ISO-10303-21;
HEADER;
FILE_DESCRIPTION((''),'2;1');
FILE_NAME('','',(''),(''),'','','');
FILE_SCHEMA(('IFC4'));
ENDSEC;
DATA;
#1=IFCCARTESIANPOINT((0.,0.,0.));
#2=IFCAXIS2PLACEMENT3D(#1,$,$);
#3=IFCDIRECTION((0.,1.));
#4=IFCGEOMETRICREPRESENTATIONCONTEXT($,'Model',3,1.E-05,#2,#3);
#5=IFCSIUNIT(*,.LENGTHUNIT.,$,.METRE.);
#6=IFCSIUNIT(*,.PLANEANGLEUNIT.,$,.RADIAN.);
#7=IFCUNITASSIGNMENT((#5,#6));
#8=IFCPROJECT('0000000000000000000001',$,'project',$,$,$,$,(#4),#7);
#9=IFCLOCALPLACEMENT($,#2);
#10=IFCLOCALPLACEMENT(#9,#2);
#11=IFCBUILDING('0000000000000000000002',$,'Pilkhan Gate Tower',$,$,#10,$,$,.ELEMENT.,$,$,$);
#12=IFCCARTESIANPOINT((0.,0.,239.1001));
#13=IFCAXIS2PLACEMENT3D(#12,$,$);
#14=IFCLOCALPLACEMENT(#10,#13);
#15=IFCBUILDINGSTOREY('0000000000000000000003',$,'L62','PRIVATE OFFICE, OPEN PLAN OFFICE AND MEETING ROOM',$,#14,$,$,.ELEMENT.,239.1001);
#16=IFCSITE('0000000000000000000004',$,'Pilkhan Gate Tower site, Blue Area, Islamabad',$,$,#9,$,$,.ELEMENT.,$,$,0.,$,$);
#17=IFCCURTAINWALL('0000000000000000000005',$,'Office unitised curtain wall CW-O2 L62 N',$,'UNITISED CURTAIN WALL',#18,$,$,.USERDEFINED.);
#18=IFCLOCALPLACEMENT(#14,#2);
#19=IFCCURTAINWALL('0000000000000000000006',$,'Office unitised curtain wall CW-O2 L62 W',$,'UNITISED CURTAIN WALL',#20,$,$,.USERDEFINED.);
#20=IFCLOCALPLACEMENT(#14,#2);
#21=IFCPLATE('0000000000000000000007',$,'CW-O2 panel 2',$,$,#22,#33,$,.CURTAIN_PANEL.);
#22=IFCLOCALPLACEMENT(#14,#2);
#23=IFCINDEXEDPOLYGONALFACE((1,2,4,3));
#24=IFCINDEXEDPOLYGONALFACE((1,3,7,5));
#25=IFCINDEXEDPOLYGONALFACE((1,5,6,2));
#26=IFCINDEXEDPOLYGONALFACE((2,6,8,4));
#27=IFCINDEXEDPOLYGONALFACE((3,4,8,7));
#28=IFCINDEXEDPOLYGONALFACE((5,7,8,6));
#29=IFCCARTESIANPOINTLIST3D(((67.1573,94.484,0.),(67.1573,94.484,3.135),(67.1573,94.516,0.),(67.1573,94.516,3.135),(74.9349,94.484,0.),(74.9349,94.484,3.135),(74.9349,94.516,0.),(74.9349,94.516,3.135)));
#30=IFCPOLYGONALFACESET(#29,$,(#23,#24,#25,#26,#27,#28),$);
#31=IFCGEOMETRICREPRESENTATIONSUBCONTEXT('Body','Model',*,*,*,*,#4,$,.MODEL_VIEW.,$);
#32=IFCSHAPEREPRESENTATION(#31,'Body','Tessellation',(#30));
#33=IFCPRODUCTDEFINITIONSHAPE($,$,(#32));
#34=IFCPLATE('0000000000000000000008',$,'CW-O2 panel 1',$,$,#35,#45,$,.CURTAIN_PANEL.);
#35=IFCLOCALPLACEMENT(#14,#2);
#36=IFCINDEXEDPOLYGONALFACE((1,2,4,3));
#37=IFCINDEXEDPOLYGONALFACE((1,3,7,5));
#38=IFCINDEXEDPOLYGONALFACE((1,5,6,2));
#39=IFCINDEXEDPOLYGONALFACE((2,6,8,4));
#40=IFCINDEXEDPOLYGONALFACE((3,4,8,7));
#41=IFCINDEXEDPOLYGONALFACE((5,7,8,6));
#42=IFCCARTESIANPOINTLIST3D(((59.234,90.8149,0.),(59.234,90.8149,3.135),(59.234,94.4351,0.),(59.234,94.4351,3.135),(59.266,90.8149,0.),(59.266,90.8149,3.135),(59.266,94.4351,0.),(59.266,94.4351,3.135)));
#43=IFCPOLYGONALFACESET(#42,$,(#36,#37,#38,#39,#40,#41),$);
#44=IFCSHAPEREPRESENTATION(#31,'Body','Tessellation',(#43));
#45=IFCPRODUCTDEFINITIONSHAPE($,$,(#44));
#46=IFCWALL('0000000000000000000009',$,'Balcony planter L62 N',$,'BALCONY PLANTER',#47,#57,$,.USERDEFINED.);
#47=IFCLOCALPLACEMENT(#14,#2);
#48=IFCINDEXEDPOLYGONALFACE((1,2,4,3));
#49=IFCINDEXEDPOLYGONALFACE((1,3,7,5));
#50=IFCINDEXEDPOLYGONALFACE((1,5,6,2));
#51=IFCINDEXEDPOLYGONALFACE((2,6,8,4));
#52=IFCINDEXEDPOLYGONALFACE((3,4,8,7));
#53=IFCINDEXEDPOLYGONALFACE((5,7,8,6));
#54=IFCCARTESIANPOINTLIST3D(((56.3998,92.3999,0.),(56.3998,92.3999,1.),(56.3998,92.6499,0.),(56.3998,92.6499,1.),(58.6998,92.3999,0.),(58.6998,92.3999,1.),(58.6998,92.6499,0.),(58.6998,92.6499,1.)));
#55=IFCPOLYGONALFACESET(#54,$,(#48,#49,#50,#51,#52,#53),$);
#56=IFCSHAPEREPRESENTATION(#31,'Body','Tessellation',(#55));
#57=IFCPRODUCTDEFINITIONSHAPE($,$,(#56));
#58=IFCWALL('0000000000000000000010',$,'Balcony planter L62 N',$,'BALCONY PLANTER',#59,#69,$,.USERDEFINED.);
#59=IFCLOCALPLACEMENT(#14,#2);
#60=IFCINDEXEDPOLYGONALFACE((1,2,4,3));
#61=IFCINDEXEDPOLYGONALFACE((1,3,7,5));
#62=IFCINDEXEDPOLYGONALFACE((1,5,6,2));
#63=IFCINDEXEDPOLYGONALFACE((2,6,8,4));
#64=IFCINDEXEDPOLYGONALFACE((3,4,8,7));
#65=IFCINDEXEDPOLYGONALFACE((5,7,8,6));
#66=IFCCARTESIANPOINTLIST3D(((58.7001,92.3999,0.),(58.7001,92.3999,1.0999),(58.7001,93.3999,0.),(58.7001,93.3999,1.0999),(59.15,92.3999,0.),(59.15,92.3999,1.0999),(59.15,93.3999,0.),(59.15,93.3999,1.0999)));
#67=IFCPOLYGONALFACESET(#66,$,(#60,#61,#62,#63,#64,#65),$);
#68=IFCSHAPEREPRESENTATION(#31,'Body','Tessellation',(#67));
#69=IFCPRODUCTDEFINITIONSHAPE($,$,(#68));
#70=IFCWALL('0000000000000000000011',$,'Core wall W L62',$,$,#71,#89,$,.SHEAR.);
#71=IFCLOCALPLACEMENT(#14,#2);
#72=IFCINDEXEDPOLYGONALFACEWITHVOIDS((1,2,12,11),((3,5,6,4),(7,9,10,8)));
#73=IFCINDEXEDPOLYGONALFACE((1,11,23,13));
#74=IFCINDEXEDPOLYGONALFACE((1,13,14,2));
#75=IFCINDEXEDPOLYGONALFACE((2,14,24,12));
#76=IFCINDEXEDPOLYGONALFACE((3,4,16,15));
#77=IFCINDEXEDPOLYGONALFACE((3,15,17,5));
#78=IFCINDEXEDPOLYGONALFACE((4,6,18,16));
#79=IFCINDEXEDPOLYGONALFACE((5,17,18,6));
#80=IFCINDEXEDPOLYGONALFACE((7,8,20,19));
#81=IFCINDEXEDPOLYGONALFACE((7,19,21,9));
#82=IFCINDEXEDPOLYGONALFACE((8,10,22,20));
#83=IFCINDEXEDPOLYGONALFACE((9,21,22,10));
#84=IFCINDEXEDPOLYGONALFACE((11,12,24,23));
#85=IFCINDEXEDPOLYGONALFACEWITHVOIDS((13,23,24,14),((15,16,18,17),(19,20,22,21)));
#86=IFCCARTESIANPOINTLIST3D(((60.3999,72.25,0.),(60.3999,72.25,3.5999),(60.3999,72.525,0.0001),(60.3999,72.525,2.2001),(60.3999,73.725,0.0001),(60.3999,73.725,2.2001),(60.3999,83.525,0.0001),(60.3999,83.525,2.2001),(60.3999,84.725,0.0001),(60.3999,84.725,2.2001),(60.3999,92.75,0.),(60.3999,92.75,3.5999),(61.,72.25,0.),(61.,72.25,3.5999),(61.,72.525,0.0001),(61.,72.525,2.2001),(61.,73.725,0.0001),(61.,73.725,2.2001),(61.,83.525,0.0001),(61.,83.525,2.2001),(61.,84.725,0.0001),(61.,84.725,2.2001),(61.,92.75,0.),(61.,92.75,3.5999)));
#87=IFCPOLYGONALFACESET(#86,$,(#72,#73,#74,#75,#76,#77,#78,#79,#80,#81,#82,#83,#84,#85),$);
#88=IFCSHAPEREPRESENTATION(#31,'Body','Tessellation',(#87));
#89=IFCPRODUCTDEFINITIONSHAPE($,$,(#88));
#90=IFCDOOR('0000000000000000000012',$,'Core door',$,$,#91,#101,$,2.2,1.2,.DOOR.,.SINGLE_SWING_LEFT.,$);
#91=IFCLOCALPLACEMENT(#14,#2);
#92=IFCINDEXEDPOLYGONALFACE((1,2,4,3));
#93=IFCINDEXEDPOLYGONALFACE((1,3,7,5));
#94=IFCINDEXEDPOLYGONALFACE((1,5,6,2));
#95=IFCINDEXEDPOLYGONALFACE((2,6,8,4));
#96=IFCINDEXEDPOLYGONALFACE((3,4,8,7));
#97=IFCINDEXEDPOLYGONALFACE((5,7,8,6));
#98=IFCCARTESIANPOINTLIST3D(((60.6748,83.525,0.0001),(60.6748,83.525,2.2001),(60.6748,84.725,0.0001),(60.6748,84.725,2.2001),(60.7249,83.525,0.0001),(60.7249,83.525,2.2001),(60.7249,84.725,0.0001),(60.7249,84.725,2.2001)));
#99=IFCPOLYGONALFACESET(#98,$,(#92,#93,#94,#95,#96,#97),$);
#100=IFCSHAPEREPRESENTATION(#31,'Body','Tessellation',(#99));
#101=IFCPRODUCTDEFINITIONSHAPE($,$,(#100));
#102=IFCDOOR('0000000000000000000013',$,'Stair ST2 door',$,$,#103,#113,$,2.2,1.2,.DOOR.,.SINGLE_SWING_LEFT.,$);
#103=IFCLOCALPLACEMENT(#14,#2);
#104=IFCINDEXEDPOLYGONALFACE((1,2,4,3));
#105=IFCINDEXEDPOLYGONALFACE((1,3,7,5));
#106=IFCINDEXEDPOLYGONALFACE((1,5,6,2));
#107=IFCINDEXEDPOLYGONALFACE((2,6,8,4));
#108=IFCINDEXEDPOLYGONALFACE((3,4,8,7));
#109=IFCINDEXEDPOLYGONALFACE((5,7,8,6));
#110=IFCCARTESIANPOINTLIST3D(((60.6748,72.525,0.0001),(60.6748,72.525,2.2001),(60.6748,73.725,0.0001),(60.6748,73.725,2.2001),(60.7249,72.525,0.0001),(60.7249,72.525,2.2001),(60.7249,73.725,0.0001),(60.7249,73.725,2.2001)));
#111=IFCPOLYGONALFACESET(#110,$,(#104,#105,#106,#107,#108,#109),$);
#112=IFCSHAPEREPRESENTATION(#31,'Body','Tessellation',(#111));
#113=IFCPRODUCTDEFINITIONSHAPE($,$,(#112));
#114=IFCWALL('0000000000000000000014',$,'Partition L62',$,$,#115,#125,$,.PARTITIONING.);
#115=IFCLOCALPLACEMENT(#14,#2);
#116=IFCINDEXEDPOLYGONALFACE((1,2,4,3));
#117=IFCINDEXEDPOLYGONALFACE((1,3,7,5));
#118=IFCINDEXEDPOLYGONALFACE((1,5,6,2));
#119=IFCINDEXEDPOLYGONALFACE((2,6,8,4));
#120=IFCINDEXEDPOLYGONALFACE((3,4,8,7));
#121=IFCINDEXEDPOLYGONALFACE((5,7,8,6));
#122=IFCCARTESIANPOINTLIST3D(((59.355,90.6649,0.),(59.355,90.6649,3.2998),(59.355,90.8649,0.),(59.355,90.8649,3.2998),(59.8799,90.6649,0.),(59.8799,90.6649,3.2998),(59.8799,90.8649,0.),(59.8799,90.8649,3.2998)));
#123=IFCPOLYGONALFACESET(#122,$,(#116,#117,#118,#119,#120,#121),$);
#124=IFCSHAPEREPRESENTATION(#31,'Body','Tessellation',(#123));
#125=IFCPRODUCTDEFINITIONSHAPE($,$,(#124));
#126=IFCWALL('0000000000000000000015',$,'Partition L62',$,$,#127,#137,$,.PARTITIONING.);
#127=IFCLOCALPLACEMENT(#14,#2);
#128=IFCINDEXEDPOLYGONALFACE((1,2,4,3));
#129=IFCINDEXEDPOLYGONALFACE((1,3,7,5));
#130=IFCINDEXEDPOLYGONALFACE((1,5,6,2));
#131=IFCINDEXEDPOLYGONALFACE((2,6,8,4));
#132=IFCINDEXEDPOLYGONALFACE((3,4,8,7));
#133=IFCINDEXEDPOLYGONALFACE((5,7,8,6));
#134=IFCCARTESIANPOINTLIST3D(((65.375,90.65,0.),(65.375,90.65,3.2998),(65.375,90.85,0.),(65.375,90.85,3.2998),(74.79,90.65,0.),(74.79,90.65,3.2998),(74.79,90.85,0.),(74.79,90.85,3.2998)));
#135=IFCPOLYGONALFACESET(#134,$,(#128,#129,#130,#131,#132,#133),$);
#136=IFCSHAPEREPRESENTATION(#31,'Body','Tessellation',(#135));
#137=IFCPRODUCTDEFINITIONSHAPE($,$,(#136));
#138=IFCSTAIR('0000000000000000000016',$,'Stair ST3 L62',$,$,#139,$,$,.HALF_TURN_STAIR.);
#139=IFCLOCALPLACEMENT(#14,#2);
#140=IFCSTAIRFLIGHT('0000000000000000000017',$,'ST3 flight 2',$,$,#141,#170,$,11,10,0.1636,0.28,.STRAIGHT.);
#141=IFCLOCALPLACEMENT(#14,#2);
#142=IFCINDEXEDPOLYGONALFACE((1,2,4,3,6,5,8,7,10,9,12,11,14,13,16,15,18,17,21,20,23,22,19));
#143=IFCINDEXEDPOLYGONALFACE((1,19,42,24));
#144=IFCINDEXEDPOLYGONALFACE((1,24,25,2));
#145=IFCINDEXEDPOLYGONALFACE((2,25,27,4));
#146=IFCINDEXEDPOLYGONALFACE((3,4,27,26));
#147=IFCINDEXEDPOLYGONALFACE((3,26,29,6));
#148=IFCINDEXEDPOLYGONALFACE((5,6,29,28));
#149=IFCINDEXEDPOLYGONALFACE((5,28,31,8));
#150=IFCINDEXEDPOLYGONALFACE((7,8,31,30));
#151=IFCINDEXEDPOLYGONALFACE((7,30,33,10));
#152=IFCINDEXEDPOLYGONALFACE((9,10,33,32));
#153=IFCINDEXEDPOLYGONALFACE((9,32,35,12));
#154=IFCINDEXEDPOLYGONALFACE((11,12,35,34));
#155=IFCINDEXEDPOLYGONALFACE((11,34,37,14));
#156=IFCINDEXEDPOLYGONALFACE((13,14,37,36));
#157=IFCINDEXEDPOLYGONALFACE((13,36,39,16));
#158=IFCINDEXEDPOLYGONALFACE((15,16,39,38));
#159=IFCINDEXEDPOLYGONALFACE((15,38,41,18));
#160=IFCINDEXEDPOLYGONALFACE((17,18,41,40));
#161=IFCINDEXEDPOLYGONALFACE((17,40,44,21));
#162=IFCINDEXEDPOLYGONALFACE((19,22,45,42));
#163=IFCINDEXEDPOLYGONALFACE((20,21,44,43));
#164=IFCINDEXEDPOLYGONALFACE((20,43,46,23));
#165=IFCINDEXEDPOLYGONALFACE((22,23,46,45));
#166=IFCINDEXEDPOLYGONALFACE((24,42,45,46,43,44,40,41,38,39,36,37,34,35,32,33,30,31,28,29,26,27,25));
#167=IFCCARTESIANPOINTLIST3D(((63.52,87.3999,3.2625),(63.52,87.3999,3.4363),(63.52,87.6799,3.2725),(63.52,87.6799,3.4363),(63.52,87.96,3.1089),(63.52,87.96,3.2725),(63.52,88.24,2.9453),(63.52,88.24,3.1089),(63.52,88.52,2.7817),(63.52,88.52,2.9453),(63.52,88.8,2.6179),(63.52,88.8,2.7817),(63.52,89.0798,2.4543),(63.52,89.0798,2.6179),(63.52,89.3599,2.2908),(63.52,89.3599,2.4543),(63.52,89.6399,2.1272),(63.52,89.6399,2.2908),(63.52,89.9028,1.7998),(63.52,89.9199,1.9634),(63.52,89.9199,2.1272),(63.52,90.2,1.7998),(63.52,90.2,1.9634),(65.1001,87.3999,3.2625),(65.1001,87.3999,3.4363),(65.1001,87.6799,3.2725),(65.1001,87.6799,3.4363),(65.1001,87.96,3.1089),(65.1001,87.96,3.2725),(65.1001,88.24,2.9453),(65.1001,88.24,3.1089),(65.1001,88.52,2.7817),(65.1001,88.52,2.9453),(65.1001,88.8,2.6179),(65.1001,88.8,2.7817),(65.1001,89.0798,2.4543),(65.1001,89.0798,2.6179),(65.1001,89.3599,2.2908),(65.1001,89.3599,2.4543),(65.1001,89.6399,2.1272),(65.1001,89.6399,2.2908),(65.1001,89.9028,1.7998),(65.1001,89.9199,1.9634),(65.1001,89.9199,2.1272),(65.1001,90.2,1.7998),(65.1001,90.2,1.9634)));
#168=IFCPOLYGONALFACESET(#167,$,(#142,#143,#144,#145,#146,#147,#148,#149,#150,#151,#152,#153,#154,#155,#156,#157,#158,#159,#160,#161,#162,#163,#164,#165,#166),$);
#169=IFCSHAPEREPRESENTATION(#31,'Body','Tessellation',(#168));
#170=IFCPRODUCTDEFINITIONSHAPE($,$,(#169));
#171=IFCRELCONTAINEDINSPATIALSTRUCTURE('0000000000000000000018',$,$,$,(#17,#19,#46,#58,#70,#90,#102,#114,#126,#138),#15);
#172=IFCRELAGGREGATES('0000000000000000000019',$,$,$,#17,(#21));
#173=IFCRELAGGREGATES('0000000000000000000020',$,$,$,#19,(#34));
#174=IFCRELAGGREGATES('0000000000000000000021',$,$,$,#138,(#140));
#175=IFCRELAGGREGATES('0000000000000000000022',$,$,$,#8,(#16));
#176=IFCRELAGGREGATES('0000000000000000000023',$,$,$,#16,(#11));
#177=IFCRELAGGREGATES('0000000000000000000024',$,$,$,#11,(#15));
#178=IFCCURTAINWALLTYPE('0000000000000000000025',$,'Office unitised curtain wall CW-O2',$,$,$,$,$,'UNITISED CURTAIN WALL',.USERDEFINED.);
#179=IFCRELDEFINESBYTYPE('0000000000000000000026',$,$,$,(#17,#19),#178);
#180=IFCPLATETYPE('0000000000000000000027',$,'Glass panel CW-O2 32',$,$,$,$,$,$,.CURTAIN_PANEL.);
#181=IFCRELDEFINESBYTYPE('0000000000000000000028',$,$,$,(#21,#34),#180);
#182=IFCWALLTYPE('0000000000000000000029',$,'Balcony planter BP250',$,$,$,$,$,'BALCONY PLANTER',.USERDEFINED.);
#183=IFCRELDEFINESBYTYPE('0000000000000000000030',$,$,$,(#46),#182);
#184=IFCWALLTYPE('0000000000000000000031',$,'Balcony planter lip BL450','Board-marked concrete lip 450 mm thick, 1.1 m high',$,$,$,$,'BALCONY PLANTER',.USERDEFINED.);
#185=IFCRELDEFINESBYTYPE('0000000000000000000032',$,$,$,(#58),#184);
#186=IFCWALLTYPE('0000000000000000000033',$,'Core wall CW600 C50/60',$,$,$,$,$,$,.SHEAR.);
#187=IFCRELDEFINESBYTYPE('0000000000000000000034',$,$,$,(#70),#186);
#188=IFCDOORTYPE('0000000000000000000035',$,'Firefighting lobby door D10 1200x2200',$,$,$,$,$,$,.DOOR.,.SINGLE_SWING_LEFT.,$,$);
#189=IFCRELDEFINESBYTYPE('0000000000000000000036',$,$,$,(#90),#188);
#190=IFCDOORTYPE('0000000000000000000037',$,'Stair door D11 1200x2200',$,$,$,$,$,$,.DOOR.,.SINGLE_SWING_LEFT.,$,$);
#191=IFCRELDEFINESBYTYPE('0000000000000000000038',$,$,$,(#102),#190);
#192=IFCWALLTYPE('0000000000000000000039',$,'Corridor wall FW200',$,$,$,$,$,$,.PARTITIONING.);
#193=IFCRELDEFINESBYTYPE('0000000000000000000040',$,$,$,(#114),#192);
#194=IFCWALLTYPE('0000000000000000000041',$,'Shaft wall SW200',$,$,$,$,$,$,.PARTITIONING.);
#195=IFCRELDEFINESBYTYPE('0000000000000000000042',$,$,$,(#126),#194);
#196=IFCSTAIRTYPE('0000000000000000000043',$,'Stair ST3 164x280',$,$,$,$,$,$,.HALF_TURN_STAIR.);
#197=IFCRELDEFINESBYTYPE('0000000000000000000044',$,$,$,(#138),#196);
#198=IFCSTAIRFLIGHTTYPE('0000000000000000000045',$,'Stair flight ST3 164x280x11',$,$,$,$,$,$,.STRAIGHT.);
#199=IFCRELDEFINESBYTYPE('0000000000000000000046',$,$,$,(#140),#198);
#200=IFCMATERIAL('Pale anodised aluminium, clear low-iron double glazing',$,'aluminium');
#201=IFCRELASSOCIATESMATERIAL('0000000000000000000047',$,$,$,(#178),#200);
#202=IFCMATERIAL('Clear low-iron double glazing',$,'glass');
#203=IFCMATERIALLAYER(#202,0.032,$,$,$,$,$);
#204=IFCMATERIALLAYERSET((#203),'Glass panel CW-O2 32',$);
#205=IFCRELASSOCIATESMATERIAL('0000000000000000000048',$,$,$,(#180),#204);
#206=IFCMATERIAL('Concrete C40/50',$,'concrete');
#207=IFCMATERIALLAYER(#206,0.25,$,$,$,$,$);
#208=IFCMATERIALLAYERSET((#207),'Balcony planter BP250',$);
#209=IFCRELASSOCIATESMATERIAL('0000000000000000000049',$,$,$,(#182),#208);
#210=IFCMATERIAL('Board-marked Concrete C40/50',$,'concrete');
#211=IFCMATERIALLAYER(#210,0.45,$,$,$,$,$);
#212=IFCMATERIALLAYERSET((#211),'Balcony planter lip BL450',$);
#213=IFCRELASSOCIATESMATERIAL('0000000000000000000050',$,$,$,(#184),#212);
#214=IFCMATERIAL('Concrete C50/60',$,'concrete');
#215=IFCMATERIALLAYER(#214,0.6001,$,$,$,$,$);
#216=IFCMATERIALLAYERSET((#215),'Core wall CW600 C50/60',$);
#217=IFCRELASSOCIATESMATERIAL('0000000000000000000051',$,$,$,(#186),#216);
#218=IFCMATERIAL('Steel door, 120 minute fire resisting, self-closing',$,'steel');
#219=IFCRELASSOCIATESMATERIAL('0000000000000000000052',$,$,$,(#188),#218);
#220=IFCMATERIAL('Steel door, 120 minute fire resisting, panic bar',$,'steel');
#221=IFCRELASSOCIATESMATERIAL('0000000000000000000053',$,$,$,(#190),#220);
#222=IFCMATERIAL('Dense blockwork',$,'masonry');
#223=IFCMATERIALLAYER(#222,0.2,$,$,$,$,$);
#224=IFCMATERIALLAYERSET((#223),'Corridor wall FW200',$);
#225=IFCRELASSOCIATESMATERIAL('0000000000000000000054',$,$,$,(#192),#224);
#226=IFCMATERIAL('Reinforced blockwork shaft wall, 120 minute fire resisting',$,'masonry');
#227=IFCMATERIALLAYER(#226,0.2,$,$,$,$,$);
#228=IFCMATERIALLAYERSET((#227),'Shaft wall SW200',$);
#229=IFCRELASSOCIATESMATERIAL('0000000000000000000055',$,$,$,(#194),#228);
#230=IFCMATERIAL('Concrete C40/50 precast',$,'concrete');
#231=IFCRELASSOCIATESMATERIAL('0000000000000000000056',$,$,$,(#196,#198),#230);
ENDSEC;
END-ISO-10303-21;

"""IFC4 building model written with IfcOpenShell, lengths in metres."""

from ifc_helpers import new_model, si_unit, direction, frame, frame_2d, origin, origin_2d, place, context, subcontext, project, spatial, polyline, rectangle, outline, extrude, material, layer, layer_set, type_object, element, fill, aggregate, save


model = new_model("IFC4")

# Units and contexts
model_context = context("Model", 3, precision=1e-05, world=origin(), true_north=direction((0.0, 1.0)))
body_context = subcontext(model_context, "Body", "Model", "MODEL_VIEW")
ifc_project = project(units=[si_unit("LENGTHUNIT", "METRE"), si_unit("PLANEANGLEUNIT", "RADIAN")], contexts=[model_context])

# Site, building, storey
site_placement = place(None, origin())
site = spatial("IfcSite", under=ifc_project, at=site_placement, Name="Pilkhan Gate Tower site, Blue Area, Islamabad", CompositionType="ELEMENT", RefElevation=0.0)
building_placement = place(site_placement, origin())
building = spatial("IfcBuilding", under=site, at=building_placement, Name="Pilkhan Gate Tower", CompositionType="ELEMENT")
storey_placement = place(building_placement, frame((0.0, 0.0, 239.1001)))
storey = spatial("IfcBuildingStorey", under=building, at=storey_placement, Name="L62", Description="PRIVATE OFFICE, OPEN PLAN OFFICE AND MEETING ROOM", CompositionType="ELEMENT", Elevation=239.1001)

# Shared definitions
ifc_material_1 = material(Name="Concrete C50/60", Category="concrete")

# Curtain walls
ifc_material_2 = material(Name="Pale anodised aluminium, clear low-iron double glazing", Category="aluminium")
curtain_wall_type = type_object("IfcCurtainWallType", Name="Office unitised curtain wall CW-O2", ElementType="UNITISED CURTAIN WALL", PredefinedType="USERDEFINED", material=ifc_material_2)
curtain_wall_1_placement = place(storey_placement, origin())
curtain_wall_1 = element("IfcCurtainWall", 1, at=curtain_wall_1_placement, inside=storey, type_object=curtain_wall_type, Name="Office unitised curtain wall CW-O2 L62 N", ObjectType="UNITISED CURTAIN WALL", PredefinedType="USERDEFINED")
curtain_wall_2_placement = place(storey_placement, origin())
curtain_wall_2 = element("IfcCurtainWall", 2, at=curtain_wall_2_placement, inside=storey, type_object=curtain_wall_type, Name="Office unitised curtain wall CW-O2 L62 W", ObjectType="UNITISED CURTAIN WALL", PredefinedType="USERDEFINED")

# Plates
ifc_material_3 = material(Name="Clear low-iron double glazing", Category="glass")
ifc_layer_1 = layer(ifc_material_3, 0.032)
ifc_layer_set_1 = layer_set([ifc_layer_1], Name="Glass panel CW-O2 32")
plate_type = type_object("IfcPlateType", Name="Glass panel CW-O2 32", PredefinedType="CURTAIN_PANEL", material=ifc_layer_set_1)
plate_1_placement = place(storey_placement, frame((71.0461, 94.5, 0.0), z_axis=(0.0, 0.0, 1.0), x_axis=(1.0, 0.0, 0.0)))
plate_1 = element("IfcPlate", 3, at=plate_1_placement, type_object=plate_type, Name="CW-O2 panel 2", PredefinedType="CURTAIN_PANEL", context=body_context, shape_type="SweptSolid", body=[
    extrude(rectangle(XDim=7.7776, YDim=0.032, at=origin_2d()), origin(), (0.0, 0.0, 1.0), 3.135),
])
aggregate(curtain_wall_1, [plate_1])
plate_2_placement = place(storey_placement, frame((59.25, 92.625, 0.0), z_axis=(0.0, 0.0, 1.0), x_axis=(0.0, 1.0, 0.0)))
plate_2 = element("IfcPlate", 4, at=plate_2_placement, type_object=plate_type, Name="CW-O2 panel 1", PredefinedType="CURTAIN_PANEL", context=body_context, shape_type="SweptSolid", body=[
    extrude(rectangle(XDim=3.6201, YDim=0.032, at=origin_2d()), origin(), (0.0, 0.0, 1.0), 3.135),
])
aggregate(curtain_wall_2, [plate_2])

# Walls
ifc_material_4 = material(Name="Concrete C40/50", Category="concrete")
ifc_layer_2 = layer(ifc_material_4, 0.25)
ifc_layer_set_2 = layer_set([ifc_layer_2], Name="Balcony planter BP250")
wall_type_1 = type_object("IfcWallType", Name="Balcony planter BP250", ElementType="BALCONY PLANTER", PredefinedType="USERDEFINED", material=ifc_layer_set_2)
wall_1_placement = place(storey_placement, frame((56.3999, 92.5249, 0.0), z_axis=(0.0, 0.0, 1.0), x_axis=(1.0, 0.0, 0.0)))
element("IfcWall", 5, at=wall_1_placement, inside=storey, type_object=wall_type_1, Name="Balcony planter L62 N", ObjectType="BALCONY PLANTER", PredefinedType="USERDEFINED", context=body_context, shape_type="SweptSolid", body=[
    extrude(rectangle(XDim=2.3, YDim=0.25, at=frame_2d((1.1499, 0.0))), origin(), (0.0, 0.0, 1.0), 1.0),
])
ifc_material_5 = material(Name="Board-marked Concrete C40/50", Category="concrete")
ifc_layer_3 = layer(ifc_material_5, 0.45)
ifc_layer_set_3 = layer_set([ifc_layer_3], Name="Balcony planter lip BL450")
wall_type_2 = type_object("IfcWallType", Name="Balcony planter lip BL450", Description="Board-marked concrete lip 450 mm thick, 1.1 m high", ElementType="BALCONY PLANTER", PredefinedType="USERDEFINED", material=ifc_layer_set_3)
wall_2_placement = place(storey_placement, frame((58.925, 92.3999, 0.0), z_axis=(0.0, 0.0, 1.0), x_axis=(0.0, 1.0, 0.0)))
element("IfcWall", 6, at=wall_2_placement, inside=storey, type_object=wall_type_2, Name="Balcony planter L62 N", ObjectType="BALCONY PLANTER", PredefinedType="USERDEFINED", context=body_context, shape_type="SweptSolid", body=[
    extrude(rectangle(XDim=1.0, YDim=0.45, at=frame_2d((0.5, 0.0))), origin(), (0.0, 0.0, 1.0), 1.0999),
])

# Wall, openings, doors
ifc_layer_4 = layer(ifc_material_1, 0.6001)
ifc_layer_set_4 = layer_set([ifc_layer_4], Name="Core wall CW600 C50/60")
wall_type_3 = type_object("IfcWallType", Name="Core wall CW600 C50/60", PredefinedType="SHEAR", material=ifc_layer_set_4)
wall_3_placement = place(storey_placement, frame((60.7, 92.75, 0.0), z_axis=(0.0, 0.0, 1.0), x_axis=(0.0, -1.0, 0.0)))
wall_3 = element("IfcWall", 7, at=wall_3_placement, inside=storey, type_object=wall_type_3, Name="Core wall W L62", PredefinedType="SHEAR", context=body_context, shape_type="SweptSolid", body=[
    extrude(rectangle(XDim=20.5, YDim=0.6001, at=frame_2d((10.25, 0.0))), origin(), (0.0, 0.0, 1.0), 3.5999),
])
opening_1_placement = place(wall_3_placement, frame((19.0249, 0.0, 0.0)))
opening_1 = element("IfcOpeningElement", 8, at=opening_1_placement, cuts=wall_3, PredefinedType="OPENING", context=body_context, shape_type="SweptSolid", body=[
    extrude(rectangle(XDim=1.2, YDim=2.2, at=frame_2d((0.6001, 1.1001))), frame((0.0, 0.3101, 0.0), z_axis=(0.0, -1.0, 0.0), x_axis=(1.0, 0.0, 0.0)), (0.0, 0.0, 1.0), 0.6201),
])
opening_2_placement = place(wall_3_placement, frame((8.0249, 0.0, 0.0)))
opening_2 = element("IfcOpeningElement", 9, at=opening_2_placement, cuts=wall_3, PredefinedType="OPENING", context=body_context, shape_type="SweptSolid", body=[
    extrude(rectangle(XDim=1.2, YDim=2.2, at=frame_2d((0.6001, 1.1001))), frame((0.0, 0.3101, 0.0), z_axis=(0.0, -1.0, 0.0), x_axis=(1.0, 0.0, 0.0)), (0.0, 0.0, 1.0), 0.6201),
])
ifc_material_6 = material(Name="Steel door, 120 minute fire resisting, self-closing", Category="steel")
door_type_1 = type_object("IfcDoorType", Name="Firefighting lobby door D10 1200x2200", OperationType="SINGLE_SWING_LEFT", PredefinedType="DOOR", material=ifc_material_6)
door_1_placement = place(opening_2_placement, origin())
door_1 = element("IfcDoor", 10, at=door_1_placement, inside=storey, type_object=door_type_1, Name="Core door", OperationType="SINGLE_SWING_LEFT", OverallHeight=2.2, OverallWidth=1.2, PredefinedType="DOOR", context=body_context, shape_type="SweptSolid", body=[
    extrude(rectangle(XDim=1.2, YDim=2.2, at=frame_2d((0.6001, 1.1001))), frame((0.0, 0.0249, 0.0), z_axis=(0.0, -1.0, 0.0), x_axis=(1.0, 0.0, 0.0)), (0.0, 0.0, 1.0), 0.05),
])
fill(opening_2, door_1)
ifc_material_7 = material(Name="Steel door, 120 minute fire resisting, panic bar", Category="steel")
door_type_2 = type_object("IfcDoorType", Name="Stair door D11 1200x2200", OperationType="SINGLE_SWING_LEFT", PredefinedType="DOOR", material=ifc_material_7)
door_2_placement = place(opening_1_placement, origin())
door_2 = element("IfcDoor", 11, at=door_2_placement, inside=storey, type_object=door_type_2, Name="Stair ST2 door", OperationType="SINGLE_SWING_LEFT", OverallHeight=2.2, OverallWidth=1.2, PredefinedType="DOOR", context=body_context, shape_type="SweptSolid", body=[
    extrude(rectangle(XDim=1.2, YDim=2.2, at=frame_2d((0.6001, 1.1001))), frame((0.0, 0.0249, 0.0), z_axis=(0.0, -1.0, 0.0), x_axis=(1.0, 0.0, 0.0)), (0.0, 0.0, 1.0), 0.05),
])
fill(opening_1, door_2)

# Wall
ifc_material_8 = material(Name="Dense blockwork", Category="masonry")
ifc_layer_5 = layer(ifc_material_8, 0.2)
ifc_layer_set_5 = layer_set([ifc_layer_5], Name="Corridor wall FW200")
wall_type_4 = type_object("IfcWallType", Name="Corridor wall FW200", PredefinedType="PARTITIONING", material=ifc_layer_set_5)
wall_4_placement = place(storey_placement, frame((59.355, 90.7649, 0.0), z_axis=(0.0, 0.0, 1.0), x_axis=(1.0, 0.0, 0.0)))
element("IfcWall", 12, at=wall_4_placement, inside=storey, type_object=wall_type_4, Name="Partition L62", PredefinedType="PARTITIONING", context=body_context, shape_type="SweptSolid", body=[
    extrude(rectangle(XDim=0.5249, YDim=0.2, at=frame_2d((0.2625, 0.0))), origin(), (0.0, 0.0, 1.0), 3.2998),
])

# Wall
ifc_material_9 = material(Name="Reinforced blockwork shaft wall, 120 minute fire resisting", Category="masonry")
ifc_layer_6 = layer(ifc_material_9, 0.2)
ifc_layer_set_6 = layer_set([ifc_layer_6], Name="Shaft wall SW200")
wall_type_5 = type_object("IfcWallType", Name="Shaft wall SW200", PredefinedType="PARTITIONING", material=ifc_layer_set_6)
wall_5_placement = place(storey_placement, frame((65.375, 90.75, 0.0), z_axis=(0.0, 0.0, 1.0), x_axis=(1.0, 0.0, 0.0)))
element("IfcWall", 13, at=wall_5_placement, inside=storey, type_object=wall_type_5, Name="Partition L62", PredefinedType="PARTITIONING", context=body_context, shape_type="SweptSolid", body=[
    extrude(rectangle(XDim=9.415, YDim=0.2, at=frame_2d((4.7075, 0.0))), origin(), (0.0, 0.0, 1.0), 3.2998),
])

# Stair, stair flight
ifc_material_10 = material(Name="Concrete C40/50 precast", Category="concrete")
stair_type = type_object("IfcStairType", Name="Stair ST3 164x280", PredefinedType="HALF_TURN_STAIR", material=ifc_material_10)
stair_placement = place(storey_placement, origin())
stair = element("IfcStair", 14, at=stair_placement, inside=storey, type_object=stair_type, Name="Stair ST3 L62", PredefinedType="HALF_TURN_STAIR")
stair_flight_type = type_object("IfcStairFlightType", Name="Stair flight ST3 164x280x11", PredefinedType="STRAIGHT", material=ifc_material_10)
stair_flight_placement = place(storey_placement, frame((64.3101, 90.2, 1.7998), z_axis=(0.0, 0.0, 1.0), x_axis=(0.0, -1.0, 0.0)))
stair_flight = element("IfcStairFlight", 15, at=stair_flight_placement, type_object=stair_flight_type, Name="ST3 flight 2", NumberOfRisers=11, NumberOfTreads=10, PredefinedType="STRAIGHT", RiserHeight=0.1636, TreadLength=0.28, context=body_context, shape_type="SweptSolid", body=[
    extrude(outline(polyline([(0.0, 0.0), (0.0, 0.1636), (0.28, 0.1636), (0.28, 0.3274), (0.5601, 0.3274), (0.5601, 0.491), (0.8401, 0.491), (0.8401, 0.6545), (1.1201, 0.6545), (1.1201, 0.8181), (1.3999, 0.8181), (1.3999, 0.9819), (1.6799, 0.9819), (1.6799, 1.1455), (1.96, 1.1455), (1.96, 1.3091), (2.24, 1.3091), (2.24, 1.4727), (2.52, 1.4727), (2.52, 1.6365), (2.8, 1.6365), (2.8, 1.8), (2.8, 1.4626), (0.2971, 0.0), (0.0, 0.0)])), frame((0.0, 0.79, 0.0), z_axis=(0.0, -1.0, 0.0), x_axis=(1.0, 0.0, 0.0)), (0.0, 0.0, 1.0), 1.5801),
])
aggregate(stair, [stair_flight])

save(model, "model.ifc")
